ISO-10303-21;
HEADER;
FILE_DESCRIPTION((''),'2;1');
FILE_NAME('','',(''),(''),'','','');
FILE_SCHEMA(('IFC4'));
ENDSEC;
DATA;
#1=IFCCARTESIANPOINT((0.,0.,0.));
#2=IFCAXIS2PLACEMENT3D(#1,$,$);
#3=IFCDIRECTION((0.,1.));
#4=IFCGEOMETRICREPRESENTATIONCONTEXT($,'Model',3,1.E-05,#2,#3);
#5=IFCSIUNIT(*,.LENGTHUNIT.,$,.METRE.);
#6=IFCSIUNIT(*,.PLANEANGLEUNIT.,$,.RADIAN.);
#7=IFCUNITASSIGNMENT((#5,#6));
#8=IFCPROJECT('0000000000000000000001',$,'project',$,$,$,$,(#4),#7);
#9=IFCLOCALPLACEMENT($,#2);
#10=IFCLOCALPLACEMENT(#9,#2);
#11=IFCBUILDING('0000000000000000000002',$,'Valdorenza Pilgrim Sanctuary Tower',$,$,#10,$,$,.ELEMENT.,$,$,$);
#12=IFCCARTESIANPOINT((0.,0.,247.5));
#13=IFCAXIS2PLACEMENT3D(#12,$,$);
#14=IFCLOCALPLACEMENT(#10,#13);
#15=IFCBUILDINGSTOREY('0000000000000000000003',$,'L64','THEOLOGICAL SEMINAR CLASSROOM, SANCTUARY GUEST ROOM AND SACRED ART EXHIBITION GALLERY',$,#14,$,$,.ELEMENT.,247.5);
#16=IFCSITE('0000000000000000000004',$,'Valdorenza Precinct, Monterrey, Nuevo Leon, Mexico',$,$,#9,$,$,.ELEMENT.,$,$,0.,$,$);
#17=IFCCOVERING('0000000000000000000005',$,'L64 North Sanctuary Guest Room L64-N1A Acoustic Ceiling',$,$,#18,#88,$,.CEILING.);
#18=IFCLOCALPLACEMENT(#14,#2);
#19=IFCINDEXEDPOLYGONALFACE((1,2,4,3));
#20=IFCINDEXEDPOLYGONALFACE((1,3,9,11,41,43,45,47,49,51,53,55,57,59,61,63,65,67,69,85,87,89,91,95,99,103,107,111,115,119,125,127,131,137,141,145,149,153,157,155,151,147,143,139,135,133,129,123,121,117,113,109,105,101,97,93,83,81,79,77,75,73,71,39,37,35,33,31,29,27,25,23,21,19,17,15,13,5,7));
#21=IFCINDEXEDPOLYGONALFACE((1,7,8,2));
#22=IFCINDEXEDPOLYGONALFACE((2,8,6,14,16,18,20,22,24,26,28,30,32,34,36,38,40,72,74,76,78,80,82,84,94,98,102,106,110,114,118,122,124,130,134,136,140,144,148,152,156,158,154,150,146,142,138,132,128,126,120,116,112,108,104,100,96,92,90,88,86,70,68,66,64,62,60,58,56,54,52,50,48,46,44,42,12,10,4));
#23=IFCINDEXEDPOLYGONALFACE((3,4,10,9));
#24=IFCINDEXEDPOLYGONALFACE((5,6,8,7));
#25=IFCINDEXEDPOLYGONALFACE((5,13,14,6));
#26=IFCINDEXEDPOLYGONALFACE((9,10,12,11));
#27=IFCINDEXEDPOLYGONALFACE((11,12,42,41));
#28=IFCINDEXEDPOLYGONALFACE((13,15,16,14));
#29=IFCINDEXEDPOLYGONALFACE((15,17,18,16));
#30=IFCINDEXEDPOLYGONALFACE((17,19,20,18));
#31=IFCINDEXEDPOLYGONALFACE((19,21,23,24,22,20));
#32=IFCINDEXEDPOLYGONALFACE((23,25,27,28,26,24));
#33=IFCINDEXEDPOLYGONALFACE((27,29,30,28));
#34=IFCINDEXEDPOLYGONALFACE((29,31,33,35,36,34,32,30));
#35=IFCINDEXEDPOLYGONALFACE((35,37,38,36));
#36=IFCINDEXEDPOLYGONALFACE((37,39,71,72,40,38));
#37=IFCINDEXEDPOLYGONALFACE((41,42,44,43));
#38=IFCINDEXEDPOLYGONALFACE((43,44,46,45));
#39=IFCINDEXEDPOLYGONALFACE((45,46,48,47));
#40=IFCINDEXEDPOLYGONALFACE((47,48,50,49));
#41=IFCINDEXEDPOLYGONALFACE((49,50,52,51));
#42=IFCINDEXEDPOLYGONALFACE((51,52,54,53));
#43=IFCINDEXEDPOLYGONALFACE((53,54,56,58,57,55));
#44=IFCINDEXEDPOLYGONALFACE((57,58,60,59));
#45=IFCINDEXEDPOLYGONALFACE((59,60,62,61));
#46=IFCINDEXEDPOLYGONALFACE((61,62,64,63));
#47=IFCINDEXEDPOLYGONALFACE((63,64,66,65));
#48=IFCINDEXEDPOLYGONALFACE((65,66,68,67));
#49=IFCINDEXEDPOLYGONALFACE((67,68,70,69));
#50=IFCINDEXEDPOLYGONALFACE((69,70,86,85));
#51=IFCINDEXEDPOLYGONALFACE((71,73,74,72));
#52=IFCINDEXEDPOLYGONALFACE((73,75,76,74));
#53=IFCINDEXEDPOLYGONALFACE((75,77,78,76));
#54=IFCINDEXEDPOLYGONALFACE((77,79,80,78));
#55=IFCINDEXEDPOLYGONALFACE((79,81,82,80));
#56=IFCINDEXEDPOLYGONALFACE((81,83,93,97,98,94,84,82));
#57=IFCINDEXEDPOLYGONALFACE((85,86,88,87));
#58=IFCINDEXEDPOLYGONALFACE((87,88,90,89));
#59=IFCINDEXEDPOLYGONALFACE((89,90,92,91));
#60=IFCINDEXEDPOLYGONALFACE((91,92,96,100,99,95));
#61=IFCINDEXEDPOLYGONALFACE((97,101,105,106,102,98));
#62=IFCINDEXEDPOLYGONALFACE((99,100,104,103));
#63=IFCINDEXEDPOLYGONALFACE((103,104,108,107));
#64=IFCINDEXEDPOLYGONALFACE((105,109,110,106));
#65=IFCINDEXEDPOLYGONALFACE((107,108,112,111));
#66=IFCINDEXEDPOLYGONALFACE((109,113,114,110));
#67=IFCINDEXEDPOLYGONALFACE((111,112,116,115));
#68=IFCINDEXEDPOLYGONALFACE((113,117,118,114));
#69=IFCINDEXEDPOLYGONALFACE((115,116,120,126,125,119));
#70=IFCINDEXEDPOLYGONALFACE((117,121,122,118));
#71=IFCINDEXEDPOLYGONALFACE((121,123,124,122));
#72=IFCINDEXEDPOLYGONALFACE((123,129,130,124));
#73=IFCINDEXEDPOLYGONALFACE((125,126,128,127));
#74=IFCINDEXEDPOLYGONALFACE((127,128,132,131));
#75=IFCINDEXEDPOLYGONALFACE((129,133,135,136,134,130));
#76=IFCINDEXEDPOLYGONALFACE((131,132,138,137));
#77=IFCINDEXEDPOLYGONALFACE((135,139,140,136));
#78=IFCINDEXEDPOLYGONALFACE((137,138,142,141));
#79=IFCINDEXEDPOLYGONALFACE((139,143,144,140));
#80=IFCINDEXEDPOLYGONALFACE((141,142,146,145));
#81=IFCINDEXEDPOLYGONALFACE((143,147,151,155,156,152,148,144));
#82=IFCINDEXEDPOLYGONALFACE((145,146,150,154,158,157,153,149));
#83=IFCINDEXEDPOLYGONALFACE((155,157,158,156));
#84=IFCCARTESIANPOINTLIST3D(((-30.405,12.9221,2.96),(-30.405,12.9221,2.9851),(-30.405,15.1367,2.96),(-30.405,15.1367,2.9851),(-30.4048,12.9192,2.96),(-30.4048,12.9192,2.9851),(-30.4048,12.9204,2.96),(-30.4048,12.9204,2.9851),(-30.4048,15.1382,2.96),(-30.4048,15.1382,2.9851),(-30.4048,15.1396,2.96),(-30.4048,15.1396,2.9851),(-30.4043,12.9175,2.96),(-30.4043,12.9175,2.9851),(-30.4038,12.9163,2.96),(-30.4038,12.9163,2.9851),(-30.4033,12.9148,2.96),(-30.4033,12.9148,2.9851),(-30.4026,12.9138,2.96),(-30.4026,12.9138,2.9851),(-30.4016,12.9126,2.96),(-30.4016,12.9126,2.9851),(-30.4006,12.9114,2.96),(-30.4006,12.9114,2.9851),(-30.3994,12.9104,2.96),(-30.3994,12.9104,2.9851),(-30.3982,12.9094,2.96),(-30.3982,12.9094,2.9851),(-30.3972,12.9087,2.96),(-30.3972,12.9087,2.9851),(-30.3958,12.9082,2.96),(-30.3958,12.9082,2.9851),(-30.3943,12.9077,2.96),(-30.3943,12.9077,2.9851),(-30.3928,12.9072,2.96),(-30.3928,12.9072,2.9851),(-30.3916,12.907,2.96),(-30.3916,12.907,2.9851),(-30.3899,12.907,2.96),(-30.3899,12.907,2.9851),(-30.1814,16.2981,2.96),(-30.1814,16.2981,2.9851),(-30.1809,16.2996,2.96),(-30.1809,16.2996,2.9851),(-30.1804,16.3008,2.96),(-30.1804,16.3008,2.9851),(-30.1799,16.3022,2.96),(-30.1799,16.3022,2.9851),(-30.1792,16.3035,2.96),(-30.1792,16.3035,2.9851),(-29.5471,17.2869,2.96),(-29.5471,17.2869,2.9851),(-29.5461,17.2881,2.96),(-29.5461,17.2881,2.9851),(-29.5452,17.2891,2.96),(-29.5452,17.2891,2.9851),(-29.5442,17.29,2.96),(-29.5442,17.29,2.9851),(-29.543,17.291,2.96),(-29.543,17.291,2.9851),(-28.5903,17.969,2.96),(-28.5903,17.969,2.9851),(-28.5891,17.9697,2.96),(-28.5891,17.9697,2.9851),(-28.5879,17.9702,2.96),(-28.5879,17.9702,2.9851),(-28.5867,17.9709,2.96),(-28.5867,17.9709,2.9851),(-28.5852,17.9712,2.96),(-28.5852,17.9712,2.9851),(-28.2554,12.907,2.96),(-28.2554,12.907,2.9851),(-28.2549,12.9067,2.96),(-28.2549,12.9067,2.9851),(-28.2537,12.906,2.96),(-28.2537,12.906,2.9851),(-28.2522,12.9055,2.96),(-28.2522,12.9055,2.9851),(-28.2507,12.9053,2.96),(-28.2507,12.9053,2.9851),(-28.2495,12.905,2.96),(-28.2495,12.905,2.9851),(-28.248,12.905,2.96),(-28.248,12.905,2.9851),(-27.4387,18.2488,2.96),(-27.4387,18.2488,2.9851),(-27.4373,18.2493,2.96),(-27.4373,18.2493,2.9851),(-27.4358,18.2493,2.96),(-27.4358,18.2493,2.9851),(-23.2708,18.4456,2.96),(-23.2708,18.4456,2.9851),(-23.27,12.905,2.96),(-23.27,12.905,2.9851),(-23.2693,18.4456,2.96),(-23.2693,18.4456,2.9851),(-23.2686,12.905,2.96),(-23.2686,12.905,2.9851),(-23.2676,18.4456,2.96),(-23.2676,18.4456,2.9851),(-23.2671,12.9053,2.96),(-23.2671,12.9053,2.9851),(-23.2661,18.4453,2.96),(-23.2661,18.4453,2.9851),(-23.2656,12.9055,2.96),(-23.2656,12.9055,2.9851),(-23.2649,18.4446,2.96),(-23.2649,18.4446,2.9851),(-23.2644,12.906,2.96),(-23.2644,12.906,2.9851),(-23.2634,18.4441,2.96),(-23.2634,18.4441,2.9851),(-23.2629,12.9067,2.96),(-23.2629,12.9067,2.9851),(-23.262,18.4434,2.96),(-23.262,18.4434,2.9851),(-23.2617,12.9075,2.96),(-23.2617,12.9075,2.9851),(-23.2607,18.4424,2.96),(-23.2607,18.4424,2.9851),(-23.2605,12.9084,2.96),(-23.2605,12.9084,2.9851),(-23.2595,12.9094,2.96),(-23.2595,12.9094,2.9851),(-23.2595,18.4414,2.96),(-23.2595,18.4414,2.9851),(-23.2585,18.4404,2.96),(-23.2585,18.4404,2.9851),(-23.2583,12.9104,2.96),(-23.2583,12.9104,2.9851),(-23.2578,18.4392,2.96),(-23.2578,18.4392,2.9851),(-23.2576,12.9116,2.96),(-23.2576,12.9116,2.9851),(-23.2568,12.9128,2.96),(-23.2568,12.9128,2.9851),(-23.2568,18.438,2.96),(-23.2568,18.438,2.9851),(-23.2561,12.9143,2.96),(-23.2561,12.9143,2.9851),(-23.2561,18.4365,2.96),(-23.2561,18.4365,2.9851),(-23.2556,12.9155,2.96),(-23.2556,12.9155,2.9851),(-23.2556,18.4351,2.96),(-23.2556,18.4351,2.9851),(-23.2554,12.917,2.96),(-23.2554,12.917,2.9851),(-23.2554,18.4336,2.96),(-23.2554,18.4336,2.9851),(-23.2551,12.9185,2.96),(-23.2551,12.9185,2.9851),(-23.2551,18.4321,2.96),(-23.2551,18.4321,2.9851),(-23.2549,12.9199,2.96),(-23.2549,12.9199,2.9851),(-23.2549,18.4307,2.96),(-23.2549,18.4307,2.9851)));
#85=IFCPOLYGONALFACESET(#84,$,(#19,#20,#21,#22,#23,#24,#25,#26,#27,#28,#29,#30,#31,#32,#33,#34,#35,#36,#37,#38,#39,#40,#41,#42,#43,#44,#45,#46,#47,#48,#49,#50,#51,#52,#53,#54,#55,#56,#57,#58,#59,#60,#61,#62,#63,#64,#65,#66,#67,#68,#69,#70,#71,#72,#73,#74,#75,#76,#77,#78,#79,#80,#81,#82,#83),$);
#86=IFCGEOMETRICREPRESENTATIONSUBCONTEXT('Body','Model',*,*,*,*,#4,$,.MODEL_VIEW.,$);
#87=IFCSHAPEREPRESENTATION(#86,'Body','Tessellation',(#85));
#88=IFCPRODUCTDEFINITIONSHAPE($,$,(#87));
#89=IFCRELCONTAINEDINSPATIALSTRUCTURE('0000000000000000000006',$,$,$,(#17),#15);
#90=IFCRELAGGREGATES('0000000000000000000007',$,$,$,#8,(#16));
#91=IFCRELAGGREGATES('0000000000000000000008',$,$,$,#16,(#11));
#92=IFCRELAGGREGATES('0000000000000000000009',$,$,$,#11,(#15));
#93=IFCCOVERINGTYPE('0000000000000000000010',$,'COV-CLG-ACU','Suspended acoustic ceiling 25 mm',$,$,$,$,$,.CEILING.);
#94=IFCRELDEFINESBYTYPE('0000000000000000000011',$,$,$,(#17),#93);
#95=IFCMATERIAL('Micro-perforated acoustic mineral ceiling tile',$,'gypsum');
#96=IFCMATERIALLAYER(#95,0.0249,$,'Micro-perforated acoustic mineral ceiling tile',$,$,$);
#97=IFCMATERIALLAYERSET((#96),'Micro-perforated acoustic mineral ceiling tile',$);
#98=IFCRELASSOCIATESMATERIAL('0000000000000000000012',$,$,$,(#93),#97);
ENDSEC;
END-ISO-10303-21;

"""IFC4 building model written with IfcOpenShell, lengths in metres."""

from ifc_helpers import new_model, si_unit, direction, frame, origin, place, context, subcontext, project, spatial, polyline, outline, extrude, material, layer, layer_set, type_object, element, save


model = new_model("IFC4")

# Units and contexts
model_context = context("Model", 3, precision=1e-05, world=origin(), true_north=direction((0.0, 1.0)))
body_context = subcontext(model_context, "Body", "Model", "MODEL_VIEW")
ifc_project = project(units=[si_unit("LENGTHUNIT", "METRE"), si_unit("PLANEANGLEUNIT", "RADIAN")], contexts=[model_context])

# Site, building, storey
site_placement = place(None, origin())
site = spatial("IfcSite", under=ifc_project, at=site_placement, Name="Valdorenza Precinct, Monterrey, Nuevo Leon, Mexico", CompositionType="ELEMENT", RefElevation=0.0)
building_placement = place(site_placement, origin())
building = spatial("IfcBuilding", under=site, at=building_placement, Name="Valdorenza Pilgrim Sanctuary Tower", CompositionType="ELEMENT")
storey_placement = place(building_placement, frame((0.0, 0.0, 247.5)))
storey = spatial("IfcBuildingStorey", under=building, at=storey_placement, Name="L64", Description="THEOLOGICAL SEMINAR CLASSROOM, SANCTUARY GUEST ROOM AND SACRED ART EXHIBITION GALLERY", CompositionType="ELEMENT", Elevation=247.5)

# Covering
ifc_material_1 = material(Name="Micro-perforated acoustic mineral ceiling tile", Category="gypsum")
ifc_layer_1 = layer(ifc_material_1, 0.0249, Name="Micro-perforated acoustic mineral ceiling tile")
ifc_layer_set_1 = layer_set([ifc_layer_1], Name="Micro-perforated acoustic mineral ceiling tile")
covering_type_1 = type_object("IfcCoveringType", Name="COV-CLG-ACU", Description="Suspended acoustic ceiling 25 mm", PredefinedType="CEILING", material=ifc_layer_set_1)
covering_1_placement = place(storey_placement, frame((0.0, 0.0, 2.96)))
element("IfcCovering", 1, at=covering_1_placement, inside=storey, type_object=covering_type_1, Name="L64 North Sanctuary Guest Room L64-N1A Acoustic Ceiling", PredefinedType="CEILING", context=body_context, shape_type="SweptSolid", body=[
    extrude(outline(polyline([(-30.1814, 16.2981), (-30.1809, 16.2996), (-30.1804, 16.3008), (-30.1799, 16.3022), (-30.1792, 16.3035), (-29.5471, 17.2869), (-29.5461, 17.2881), (-29.5452, 17.2891), (-29.5442, 17.29), (-29.543, 17.291), (-28.5903, 17.969), (-28.5891, 17.9697), (-28.5879, 17.9702), (-28.5867, 17.9709), (-28.5852, 17.9712), (-27.4387, 18.2488), (-27.4373, 18.2493), (-27.4358, 18.2493), (-23.2708, 18.4456), (-23.2693, 18.4456), (-23.2676, 18.4456), (-23.2661, 18.4453), (-23.2649, 18.4446), (-23.2634, 18.4441), (-23.262, 18.4434), (-23.2607, 18.4424), (-23.2595, 18.4414), (-23.2585, 18.4404), (-23.2578, 18.4392), (-23.2568, 18.438), (-23.2561, 18.4365), (-23.2556, 18.4351), (-23.2554, 18.4336), (-23.2551, 18.4321), (-23.2549, 18.4307), (-23.2549, 12.9199), (-23.2551, 12.9185), (-23.2554, 12.917), (-23.2556, 12.9155), (-23.2561, 12.9143), (-23.2568, 12.9128), (-23.2576, 12.9116), (-23.2583, 12.9104), (-23.2595, 12.9094), (-23.2605, 12.9084), (-23.2617, 12.9075), (-23.2629, 12.9067), (-23.2644, 12.906), (-23.2656, 12.9055), (-23.2671, 12.9053), (-23.2686, 12.905), (-23.27, 12.905), (-28.248, 12.905), (-28.2495, 12.905), (-28.2507, 12.9053), (-28.2522, 12.9055), (-28.2537, 12.906), (-28.2549, 12.9067), (-28.2554, 12.907), (-30.3899, 12.907), (-30.3916, 12.907), (-30.3928, 12.9072), (-30.3943, 12.9077), (-30.3958, 12.9082), (-30.3972, 12.9087), (-30.3982, 12.9094), (-30.3994, 12.9104), (-30.4006, 12.9114), (-30.4016, 12.9126), (-30.4026, 12.9138), (-30.4033, 12.9148), (-30.4038, 12.9163), (-30.4043, 12.9175), (-30.4048, 12.9192), (-30.4048, 12.9204), (-30.405, 12.9221), (-30.405, 15.1367), (-30.4048, 15.1382), (-30.4048, 15.1396), (-30.1814, 16.2981)])), origin(), (0.0, 0.0, 1.0), 0.0251),
])

save(model, "model.ifc")
